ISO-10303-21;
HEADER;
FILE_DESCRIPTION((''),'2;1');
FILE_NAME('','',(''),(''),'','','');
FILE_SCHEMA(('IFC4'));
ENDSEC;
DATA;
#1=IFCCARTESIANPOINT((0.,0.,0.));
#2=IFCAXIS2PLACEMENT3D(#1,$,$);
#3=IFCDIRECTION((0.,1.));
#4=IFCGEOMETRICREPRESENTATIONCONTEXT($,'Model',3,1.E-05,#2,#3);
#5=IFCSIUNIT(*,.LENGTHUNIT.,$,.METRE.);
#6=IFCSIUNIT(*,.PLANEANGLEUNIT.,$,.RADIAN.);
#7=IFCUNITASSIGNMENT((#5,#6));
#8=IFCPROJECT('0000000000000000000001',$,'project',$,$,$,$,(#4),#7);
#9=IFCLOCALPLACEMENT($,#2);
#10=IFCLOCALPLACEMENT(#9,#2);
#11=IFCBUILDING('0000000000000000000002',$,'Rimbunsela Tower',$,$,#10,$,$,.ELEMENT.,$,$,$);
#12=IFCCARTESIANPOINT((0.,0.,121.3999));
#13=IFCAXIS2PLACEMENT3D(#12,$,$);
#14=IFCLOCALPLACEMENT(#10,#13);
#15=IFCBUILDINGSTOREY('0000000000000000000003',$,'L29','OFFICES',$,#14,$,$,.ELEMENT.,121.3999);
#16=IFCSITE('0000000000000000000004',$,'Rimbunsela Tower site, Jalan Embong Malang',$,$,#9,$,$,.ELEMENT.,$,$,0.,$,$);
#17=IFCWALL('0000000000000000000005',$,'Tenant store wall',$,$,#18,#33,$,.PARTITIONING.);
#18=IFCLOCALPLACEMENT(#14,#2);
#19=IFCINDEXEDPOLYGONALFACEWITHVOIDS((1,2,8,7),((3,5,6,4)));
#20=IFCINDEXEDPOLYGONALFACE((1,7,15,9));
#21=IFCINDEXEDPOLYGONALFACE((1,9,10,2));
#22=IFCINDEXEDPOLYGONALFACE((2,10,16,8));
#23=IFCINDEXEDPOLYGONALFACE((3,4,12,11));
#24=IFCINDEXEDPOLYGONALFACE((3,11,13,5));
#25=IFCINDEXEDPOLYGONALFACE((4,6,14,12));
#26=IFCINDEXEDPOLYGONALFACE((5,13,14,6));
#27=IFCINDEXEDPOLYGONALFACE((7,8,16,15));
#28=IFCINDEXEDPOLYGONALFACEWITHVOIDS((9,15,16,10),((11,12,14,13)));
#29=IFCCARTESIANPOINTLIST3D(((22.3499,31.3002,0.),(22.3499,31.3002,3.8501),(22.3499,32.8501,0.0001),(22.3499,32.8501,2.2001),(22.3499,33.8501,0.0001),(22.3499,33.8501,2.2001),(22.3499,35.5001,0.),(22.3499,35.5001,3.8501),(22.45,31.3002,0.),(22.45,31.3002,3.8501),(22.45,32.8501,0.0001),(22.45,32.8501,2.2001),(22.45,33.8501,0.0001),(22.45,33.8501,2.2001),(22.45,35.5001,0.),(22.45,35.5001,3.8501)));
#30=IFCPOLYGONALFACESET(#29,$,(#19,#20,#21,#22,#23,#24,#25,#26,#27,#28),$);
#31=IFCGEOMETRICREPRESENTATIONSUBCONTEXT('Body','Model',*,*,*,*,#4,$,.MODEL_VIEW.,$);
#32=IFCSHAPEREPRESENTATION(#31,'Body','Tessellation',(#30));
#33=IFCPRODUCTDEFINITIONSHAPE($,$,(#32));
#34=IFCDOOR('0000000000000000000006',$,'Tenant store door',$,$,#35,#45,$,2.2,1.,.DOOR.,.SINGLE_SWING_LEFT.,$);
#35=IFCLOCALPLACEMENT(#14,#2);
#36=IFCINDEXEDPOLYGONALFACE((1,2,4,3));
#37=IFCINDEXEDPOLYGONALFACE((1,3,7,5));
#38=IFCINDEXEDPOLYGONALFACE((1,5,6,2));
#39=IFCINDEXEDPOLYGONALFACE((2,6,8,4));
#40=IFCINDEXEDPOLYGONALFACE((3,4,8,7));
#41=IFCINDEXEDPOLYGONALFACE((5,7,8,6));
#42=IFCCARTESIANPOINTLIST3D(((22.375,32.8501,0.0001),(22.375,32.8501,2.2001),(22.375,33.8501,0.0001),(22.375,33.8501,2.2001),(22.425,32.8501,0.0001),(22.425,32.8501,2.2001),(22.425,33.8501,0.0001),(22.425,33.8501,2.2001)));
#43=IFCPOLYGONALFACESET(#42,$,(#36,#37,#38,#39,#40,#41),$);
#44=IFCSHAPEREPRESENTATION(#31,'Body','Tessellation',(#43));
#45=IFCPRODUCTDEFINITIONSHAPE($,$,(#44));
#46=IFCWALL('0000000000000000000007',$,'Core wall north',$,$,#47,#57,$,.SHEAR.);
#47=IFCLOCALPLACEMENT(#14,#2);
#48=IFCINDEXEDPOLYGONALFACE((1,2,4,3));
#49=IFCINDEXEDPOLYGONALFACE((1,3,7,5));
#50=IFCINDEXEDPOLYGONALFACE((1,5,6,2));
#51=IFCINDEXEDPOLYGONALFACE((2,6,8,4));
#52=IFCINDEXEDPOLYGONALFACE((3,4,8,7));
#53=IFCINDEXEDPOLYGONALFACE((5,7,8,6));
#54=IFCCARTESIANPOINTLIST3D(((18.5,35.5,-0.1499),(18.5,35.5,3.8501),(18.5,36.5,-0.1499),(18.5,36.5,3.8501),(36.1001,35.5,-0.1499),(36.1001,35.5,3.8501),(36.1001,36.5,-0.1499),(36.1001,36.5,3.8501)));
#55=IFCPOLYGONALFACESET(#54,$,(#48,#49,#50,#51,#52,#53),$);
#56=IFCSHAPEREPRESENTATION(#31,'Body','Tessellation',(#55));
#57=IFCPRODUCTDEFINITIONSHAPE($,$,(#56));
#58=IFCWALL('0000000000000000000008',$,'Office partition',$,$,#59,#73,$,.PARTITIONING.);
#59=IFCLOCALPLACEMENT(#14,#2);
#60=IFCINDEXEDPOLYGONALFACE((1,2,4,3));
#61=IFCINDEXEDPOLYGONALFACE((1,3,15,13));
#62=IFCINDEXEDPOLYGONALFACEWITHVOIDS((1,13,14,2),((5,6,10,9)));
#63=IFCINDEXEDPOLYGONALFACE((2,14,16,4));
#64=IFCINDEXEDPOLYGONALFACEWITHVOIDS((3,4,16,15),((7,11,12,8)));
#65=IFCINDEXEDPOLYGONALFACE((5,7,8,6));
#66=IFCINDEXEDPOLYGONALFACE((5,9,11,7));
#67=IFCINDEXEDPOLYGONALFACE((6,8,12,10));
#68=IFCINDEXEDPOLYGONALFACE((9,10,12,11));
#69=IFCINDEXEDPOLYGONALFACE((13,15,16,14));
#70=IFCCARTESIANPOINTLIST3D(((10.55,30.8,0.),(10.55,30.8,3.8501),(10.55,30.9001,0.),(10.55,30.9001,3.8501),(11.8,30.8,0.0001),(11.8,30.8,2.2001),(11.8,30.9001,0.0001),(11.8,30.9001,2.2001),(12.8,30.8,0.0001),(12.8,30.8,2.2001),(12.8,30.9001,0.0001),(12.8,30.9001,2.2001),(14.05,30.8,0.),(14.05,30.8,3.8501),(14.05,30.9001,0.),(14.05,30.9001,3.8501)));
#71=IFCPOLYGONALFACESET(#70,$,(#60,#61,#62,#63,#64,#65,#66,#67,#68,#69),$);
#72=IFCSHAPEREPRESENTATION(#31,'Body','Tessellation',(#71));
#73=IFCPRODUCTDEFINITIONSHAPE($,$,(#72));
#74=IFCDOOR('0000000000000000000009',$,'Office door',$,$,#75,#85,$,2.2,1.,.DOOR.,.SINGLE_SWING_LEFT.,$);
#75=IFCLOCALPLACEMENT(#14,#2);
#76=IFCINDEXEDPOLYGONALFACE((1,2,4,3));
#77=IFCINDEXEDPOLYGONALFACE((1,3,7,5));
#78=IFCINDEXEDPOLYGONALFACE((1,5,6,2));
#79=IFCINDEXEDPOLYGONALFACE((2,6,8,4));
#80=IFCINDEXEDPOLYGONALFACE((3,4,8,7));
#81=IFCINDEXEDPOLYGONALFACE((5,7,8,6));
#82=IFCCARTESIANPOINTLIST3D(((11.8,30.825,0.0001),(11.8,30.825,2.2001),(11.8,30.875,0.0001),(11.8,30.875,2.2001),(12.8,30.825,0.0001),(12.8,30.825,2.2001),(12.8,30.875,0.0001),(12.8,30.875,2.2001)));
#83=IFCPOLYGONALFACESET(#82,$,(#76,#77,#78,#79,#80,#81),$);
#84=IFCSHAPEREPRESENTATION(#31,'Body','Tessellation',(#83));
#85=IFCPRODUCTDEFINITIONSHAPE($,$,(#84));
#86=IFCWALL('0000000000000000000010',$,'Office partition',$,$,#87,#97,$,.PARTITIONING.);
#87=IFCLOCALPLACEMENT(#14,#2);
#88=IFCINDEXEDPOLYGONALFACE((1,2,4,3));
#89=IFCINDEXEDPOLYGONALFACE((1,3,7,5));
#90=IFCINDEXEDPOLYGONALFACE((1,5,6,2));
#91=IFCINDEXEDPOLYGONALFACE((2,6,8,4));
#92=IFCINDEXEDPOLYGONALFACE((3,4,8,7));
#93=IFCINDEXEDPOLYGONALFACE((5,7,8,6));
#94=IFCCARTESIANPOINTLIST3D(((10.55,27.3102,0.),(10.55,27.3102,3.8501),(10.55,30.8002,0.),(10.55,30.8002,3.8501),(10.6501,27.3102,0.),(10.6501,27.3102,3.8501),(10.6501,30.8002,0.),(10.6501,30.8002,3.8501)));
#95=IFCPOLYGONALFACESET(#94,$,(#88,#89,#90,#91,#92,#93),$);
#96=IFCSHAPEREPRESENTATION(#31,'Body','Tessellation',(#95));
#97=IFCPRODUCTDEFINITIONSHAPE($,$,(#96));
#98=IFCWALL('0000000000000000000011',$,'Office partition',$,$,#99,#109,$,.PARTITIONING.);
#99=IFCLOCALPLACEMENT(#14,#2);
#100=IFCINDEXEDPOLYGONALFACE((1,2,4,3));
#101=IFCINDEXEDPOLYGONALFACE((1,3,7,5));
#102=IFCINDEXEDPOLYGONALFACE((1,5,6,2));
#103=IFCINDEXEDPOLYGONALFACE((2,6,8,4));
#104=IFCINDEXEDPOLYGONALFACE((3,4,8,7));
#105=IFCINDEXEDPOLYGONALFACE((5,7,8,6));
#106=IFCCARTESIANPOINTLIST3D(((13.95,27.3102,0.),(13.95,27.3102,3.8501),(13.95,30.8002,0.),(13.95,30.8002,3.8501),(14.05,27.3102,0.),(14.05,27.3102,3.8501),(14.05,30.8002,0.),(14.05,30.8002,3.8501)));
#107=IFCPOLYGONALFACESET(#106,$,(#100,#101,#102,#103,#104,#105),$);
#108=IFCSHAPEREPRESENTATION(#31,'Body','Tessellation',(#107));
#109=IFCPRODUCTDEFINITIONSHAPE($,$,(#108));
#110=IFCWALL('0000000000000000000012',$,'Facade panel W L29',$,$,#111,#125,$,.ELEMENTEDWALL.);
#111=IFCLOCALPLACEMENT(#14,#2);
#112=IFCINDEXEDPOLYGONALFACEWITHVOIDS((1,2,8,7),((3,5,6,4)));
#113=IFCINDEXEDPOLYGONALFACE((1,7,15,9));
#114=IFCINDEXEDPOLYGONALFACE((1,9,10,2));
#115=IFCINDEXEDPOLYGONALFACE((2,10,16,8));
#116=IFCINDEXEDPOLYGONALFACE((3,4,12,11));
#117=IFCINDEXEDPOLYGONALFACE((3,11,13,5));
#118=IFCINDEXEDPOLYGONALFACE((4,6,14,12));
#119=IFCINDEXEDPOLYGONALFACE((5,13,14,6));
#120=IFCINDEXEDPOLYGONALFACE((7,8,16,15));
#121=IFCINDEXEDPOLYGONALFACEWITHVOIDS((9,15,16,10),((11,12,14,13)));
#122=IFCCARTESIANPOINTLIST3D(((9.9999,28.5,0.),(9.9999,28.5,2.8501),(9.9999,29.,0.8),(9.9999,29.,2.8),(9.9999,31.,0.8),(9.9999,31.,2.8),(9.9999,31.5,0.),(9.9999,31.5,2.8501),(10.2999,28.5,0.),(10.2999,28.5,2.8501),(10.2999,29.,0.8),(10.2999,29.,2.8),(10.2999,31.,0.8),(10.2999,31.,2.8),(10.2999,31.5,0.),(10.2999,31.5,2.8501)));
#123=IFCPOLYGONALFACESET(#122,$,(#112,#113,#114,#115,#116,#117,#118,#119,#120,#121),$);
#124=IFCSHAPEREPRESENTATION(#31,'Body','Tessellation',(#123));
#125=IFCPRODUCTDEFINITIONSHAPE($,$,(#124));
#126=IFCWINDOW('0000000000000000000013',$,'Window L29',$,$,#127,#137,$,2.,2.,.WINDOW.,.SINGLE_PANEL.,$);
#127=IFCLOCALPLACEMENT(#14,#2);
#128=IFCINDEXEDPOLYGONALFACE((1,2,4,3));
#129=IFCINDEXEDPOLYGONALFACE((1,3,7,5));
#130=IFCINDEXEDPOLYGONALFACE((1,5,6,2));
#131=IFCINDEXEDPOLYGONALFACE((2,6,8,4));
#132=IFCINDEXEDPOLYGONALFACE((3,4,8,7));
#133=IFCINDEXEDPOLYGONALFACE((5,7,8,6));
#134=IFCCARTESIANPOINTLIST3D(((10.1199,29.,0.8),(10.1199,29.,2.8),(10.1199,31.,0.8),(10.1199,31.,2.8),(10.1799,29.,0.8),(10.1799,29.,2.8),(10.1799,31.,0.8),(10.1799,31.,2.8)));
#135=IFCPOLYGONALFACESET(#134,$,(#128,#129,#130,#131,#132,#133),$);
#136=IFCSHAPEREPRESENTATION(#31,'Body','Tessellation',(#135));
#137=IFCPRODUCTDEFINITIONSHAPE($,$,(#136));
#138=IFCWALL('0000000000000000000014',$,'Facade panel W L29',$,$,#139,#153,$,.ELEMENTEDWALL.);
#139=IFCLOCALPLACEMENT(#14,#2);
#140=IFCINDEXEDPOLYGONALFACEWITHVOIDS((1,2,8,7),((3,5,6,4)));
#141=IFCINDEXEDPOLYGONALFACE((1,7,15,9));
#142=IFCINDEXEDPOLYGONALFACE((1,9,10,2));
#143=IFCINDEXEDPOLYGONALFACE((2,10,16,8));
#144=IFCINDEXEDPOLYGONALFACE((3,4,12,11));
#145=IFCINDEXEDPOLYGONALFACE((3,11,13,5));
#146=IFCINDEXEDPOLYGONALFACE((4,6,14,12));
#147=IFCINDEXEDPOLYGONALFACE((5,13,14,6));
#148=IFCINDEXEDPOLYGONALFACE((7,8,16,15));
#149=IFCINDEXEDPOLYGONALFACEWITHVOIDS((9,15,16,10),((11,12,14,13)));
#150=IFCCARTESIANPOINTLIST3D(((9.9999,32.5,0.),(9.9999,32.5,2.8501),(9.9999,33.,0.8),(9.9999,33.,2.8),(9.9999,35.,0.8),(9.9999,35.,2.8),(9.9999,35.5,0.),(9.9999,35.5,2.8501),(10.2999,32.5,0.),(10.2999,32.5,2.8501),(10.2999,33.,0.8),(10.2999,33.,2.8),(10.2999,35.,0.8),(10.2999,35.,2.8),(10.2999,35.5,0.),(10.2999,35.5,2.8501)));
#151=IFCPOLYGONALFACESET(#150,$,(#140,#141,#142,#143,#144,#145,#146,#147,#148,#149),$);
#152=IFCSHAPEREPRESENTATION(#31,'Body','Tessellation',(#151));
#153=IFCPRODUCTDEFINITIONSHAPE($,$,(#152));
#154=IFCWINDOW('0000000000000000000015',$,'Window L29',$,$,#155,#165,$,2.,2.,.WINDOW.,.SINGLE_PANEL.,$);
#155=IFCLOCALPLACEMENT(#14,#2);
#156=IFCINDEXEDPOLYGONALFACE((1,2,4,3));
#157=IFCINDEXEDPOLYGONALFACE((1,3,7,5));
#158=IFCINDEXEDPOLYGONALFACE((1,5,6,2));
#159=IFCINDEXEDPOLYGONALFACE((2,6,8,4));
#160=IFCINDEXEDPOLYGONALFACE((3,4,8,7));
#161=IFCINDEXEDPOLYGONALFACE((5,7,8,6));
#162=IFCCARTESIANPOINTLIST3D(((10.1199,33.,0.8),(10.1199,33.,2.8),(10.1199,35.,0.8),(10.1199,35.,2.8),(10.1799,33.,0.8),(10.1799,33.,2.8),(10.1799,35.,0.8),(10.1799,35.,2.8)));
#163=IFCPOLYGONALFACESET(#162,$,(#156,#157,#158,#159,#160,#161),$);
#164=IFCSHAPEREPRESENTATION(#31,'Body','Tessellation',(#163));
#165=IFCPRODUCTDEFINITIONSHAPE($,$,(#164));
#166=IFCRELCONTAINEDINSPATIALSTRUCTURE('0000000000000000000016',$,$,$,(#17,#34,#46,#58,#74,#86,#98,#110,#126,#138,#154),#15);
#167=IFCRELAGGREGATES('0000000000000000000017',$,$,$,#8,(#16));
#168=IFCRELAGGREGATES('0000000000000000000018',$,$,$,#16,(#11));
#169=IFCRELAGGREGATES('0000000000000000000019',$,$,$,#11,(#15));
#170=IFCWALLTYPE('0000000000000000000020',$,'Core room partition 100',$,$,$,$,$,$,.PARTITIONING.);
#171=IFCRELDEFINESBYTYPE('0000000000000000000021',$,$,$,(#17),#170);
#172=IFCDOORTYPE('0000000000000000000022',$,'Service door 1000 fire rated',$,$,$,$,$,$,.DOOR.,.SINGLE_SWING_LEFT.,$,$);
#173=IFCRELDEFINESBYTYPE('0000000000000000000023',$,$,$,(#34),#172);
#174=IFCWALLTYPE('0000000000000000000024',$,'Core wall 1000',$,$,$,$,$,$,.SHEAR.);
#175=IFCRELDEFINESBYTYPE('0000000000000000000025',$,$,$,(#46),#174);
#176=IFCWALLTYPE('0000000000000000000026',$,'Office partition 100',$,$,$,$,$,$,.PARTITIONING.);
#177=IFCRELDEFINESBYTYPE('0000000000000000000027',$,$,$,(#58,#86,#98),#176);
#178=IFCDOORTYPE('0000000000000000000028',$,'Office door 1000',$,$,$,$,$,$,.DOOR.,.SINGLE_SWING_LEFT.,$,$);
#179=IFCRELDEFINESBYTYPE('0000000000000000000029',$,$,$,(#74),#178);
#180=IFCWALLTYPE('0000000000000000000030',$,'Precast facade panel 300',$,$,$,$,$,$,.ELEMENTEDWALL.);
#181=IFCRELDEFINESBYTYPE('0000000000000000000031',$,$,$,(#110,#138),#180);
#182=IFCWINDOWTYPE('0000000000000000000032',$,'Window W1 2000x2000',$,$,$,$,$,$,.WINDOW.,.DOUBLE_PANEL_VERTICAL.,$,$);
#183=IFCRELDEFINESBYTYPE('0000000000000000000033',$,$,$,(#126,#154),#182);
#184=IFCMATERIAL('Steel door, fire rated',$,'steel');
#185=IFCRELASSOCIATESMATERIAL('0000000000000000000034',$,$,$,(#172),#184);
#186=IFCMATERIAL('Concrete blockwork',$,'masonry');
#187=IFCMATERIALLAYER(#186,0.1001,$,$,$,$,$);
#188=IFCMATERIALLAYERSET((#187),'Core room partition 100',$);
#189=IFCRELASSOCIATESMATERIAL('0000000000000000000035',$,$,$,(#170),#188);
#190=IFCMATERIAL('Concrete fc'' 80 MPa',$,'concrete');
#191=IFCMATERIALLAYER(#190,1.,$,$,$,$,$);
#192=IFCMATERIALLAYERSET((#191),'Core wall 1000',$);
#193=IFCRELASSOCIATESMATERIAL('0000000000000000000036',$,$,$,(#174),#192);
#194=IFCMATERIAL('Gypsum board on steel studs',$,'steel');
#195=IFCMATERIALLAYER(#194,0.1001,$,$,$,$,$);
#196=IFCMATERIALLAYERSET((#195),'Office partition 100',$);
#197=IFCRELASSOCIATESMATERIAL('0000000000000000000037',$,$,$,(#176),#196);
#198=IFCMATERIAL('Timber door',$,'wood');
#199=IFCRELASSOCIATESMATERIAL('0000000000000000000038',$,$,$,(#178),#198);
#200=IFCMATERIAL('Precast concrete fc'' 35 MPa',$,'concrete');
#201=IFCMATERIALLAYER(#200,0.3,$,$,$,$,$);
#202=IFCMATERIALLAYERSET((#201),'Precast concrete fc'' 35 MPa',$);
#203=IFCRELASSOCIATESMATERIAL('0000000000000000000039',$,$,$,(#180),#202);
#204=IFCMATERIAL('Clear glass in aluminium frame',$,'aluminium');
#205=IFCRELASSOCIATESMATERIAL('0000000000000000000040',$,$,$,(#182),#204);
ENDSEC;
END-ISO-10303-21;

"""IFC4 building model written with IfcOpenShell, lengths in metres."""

from ifc_helpers import new_model, si_unit, direction, frame, frame_2d, origin, place, context, subcontext, project, spatial, rectangle, extrude, material, layer, layer_set, type_object, element, fill, save


model = new_model("IFC4")

# Units and contexts
model_context = context("Model", 3, precision=1e-05, world=origin(), true_north=direction((0.0, 1.0)))
body_context = subcontext(model_context, "Body", "Model", "MODEL_VIEW")
ifc_project = project(units=[si_unit("LENGTHUNIT", "METRE"), si_unit("PLANEANGLEUNIT", "RADIAN")], contexts=[model_context])

# Site, building, storey
site_placement = place(None, origin())
site = spatial("IfcSite", under=ifc_project, at=site_placement, Name="Rimbunsela Tower site, Jalan Embong Malang", CompositionType="ELEMENT", RefElevation=0.0)
building_placement = place(site_placement, origin())
building = spatial("IfcBuilding", under=site, at=building_placement, Name="Rimbunsela Tower", CompositionType="ELEMENT")
storey_placement = place(building_placement, frame((0.0, 0.0, 121.3999)))
storey = spatial("IfcBuildingStorey", under=building, at=storey_placement, Name="L29", Description="OFFICES", CompositionType="ELEMENT", Elevation=121.3999)

# Shared definitions
ifc_material_1 = material(Name="Steel door, fire rated", Category="steel")
door_type_1 = type_object("IfcDoorType", Name="Service door 1000 fire rated", OperationType="SINGLE_SWING_LEFT", PredefinedType="DOOR", material=ifc_material_1)

# Wall, opening, door
ifc_material_2 = material(Name="Concrete blockwork", Category="masonry")
ifc_layer_1 = layer(ifc_material_2, 0.1001)
ifc_layer_set_1 = layer_set([ifc_layer_1], Name="Core room partition 100")
wall_type_1 = type_object("IfcWallType", Name="Core room partition 100", PredefinedType="PARTITIONING", material=ifc_layer_set_1)
wall_1_placement = place(storey_placement, frame((22.3999, 31.3, 0.0), z_axis=(0.0, 0.0, 1.0), x_axis=(0.0, 1.0, 0.0)))
wall_1 = element("IfcWall", 1, at=wall_1_placement, inside=storey, type_object=wall_type_1, Name="Tenant store wall", PredefinedType="PARTITIONING", context=body_context, shape_type="SweptSolid", body=[
    extrude(rectangle(XDim=4.2, YDim=0.1001, at=frame_2d((2.1001, 0.0))), origin(), (0.0, 0.0, 1.0), 3.8501),
])
opening_1_placement = place(wall_1_placement, frame((1.55, 0.0, 0.0)))
opening_1 = element("IfcOpeningElement", 2, at=opening_1_placement, cuts=wall_1, PredefinedType="OPENING", context=body_context, shape_type="SweptSolid", body=[
    extrude(rectangle(XDim=1.0, YDim=2.2, at=frame_2d((0.5, 1.1001))), frame((0.0, 0.0601, 0.0), z_axis=(0.0, -1.0, 0.0), x_axis=(1.0, 0.0, 0.0)), (0.0, 0.0, 1.0), 0.1201),
])
door_1_placement = place(opening_1_placement, origin())
door_1 = element("IfcDoor", 3, at=door_1_placement, inside=storey, type_object=door_type_1, Name="Tenant store door", OperationType="SINGLE_SWING_LEFT", OverallHeight=2.2, OverallWidth=1.0, PredefinedType="DOOR", context=body_context, shape_type="SweptSolid", body=[
    extrude(rectangle(XDim=1.0, YDim=2.2, at=frame_2d((0.5, 1.1001))), frame((0.0, 0.0249, 0.0), z_axis=(0.0, -1.0, 0.0), x_axis=(1.0, 0.0, 0.0)), (0.0, 0.0, 1.0), 0.05),
])
fill(opening_1, door_1)

# Wall
ifc_material_3 = material(Name="Concrete fc' 80 MPa", Category="concrete")
ifc_layer_2 = layer(ifc_material_3, 1.0)
ifc_layer_set_2 = layer_set([ifc_layer_2], Name="Core wall 1000")
wall_type_2 = type_object("IfcWallType", Name="Core wall 1000", PredefinedType="SHEAR", material=ifc_layer_set_2)
wall_2_placement = place(storey_placement, frame((18.5, 36.0, -0.1499), z_axis=(0.0, 0.0, 1.0), x_axis=(1.0, 0.0, 0.0)))
element("IfcWall", 4, at=wall_2_placement, inside=storey, type_object=wall_type_2, Name="Core wall north", PredefinedType="SHEAR", context=body_context, shape_type="SweptSolid", body=[
    extrude(rectangle(XDim=17.6001, YDim=1.0, at=frame_2d((8.8, 0.0))), origin(), (0.0, 0.0, 1.0), 4.0),
])

# Wall, opening, door
ifc_material_4 = material(Name="Gypsum board on steel studs", Category="steel")
ifc_layer_3 = layer(ifc_material_4, 0.1001)
ifc_layer_set_3 = layer_set([ifc_layer_3], Name="Office partition 100")
wall_type_3 = type_object("IfcWallType", Name="Office partition 100", PredefinedType="PARTITIONING", material=ifc_layer_set_3)
wall_3_placement = place(storey_placement, frame((10.55, 30.8501, 0.0), z_axis=(0.0, 0.0, 1.0), x_axis=(1.0, 0.0, 0.0)))
wall_3 = element("IfcWall", 5, at=wall_3_placement, inside=storey, type_object=wall_type_3, Name="Office partition", PredefinedType="PARTITIONING", context=body_context, shape_type="SweptSolid", body=[
    extrude(rectangle(XDim=3.5, YDim=0.1001, at=frame_2d((1.75, 0.0))), origin(), (0.0, 0.0, 1.0), 3.8501),
])
opening_2_placement = place(wall_3_placement, frame((1.25, 0.0, 0.0)))
opening_2 = element("IfcOpeningElement", 6, at=opening_2_placement, cuts=wall_3, PredefinedType="OPENING", context=body_context, shape_type="SweptSolid", body=[
    extrude(rectangle(XDim=1.0, YDim=2.2, at=frame_2d((0.5, 1.1001))), frame((0.0, 0.0601, 0.0), z_axis=(0.0, -1.0, 0.0), x_axis=(1.0, 0.0, 0.0)), (0.0, 0.0, 1.0), 0.1201),
])
ifc_material_5 = material(Name="Timber door", Category="wood")
door_type_2 = type_object("IfcDoorType", Name="Office door 1000", OperationType="SINGLE_SWING_LEFT", PredefinedType="DOOR", material=ifc_material_5)
door_2_placement = place(opening_2_placement, origin())
door_2 = element("IfcDoor", 7, at=door_2_placement, inside=storey, type_object=door_type_2, Name="Office door", OperationType="SINGLE_SWING_LEFT", OverallHeight=2.2, OverallWidth=1.0, PredefinedType="DOOR", context=body_context, shape_type="SweptSolid", body=[
    extrude(rectangle(XDim=1.0, YDim=2.2, at=frame_2d((0.5, 1.1001))), frame((0.0, 0.0249, 0.0), z_axis=(0.0, -1.0, 0.0), x_axis=(1.0, 0.0, 0.0)), (0.0, 0.0, 1.0), 0.05),
])
fill(opening_2, door_2)

# Walls
for number, where, z_axis, x_axis, name in (
    (8, (10.6001, 27.3101, 0.0), (0.0, 0.0, 1.0), (0.0, 1.0, 0.0), "Office partition"),
    (9, (14.0, 27.3101, 0.0), (0.0, 0.0, 1.0), (0.0, 1.0, 0.0), "Office partition"),
):
    element("IfcWall", number, at=place(storey_placement, frame(where, z_axis=z_axis, x_axis=x_axis)), inside=storey, type_object=wall_type_3, Name=name, PredefinedType="PARTITIONING", context=body_context, shape_type="SweptSolid", body=[
        extrude(rectangle(XDim=3.49, YDim=0.1001, at=frame_2d((1.7451, 0.0))), origin(), (0.0, 0.0, 1.0), 3.8501),
    ])

# Walls, openings, windows
ifc_material_6 = material(Name="Precast concrete fc' 35 MPa", Category="concrete")
ifc_layer_4 = layer(ifc_material_6, 0.3)
ifc_layer_set_4 = layer_set([ifc_layer_4], Name="Precast concrete fc' 35 MPa")
wall_type_4 = type_object("IfcWallType", Name="Precast facade panel 300", PredefinedType="ELEMENTEDWALL", material=ifc_layer_set_4)
wall_4_placement = place(storey_placement, frame((10.1499, 31.5, 0.0), z_axis=(0.0, 0.0, 1.0), x_axis=(0.0, -1.0, 0.0)))
wall_4 = element("IfcWall", 10, at=wall_4_placement, inside=storey, type_object=wall_type_4, Name="Facade panel W L29", PredefinedType="ELEMENTEDWALL", context=body_context, shape_type="SweptSolid", body=[
    extrude(rectangle(XDim=3.0, YDim=0.3, at=frame_2d((1.5, 0.0))), origin(), (0.0, 0.0, 1.0), 2.8501),
])
opening_3_placement = place(wall_4_placement, frame((0.5, 0.0, 0.8)))
opening_3 = element("IfcOpeningElement", 11, at=opening_3_placement, cuts=wall_4, PredefinedType="OPENING", context=body_context, shape_type="SweptSolid", body=[
    extrude(rectangle(XDim=2.0, YDim=2.0, at=frame_2d((1.0, 1.0))), frame((0.0, 0.1599, 0.0), z_axis=(0.0, -1.0, 0.0), x_axis=(1.0, 0.0, 0.0)), (0.0, 0.0, 1.0), 0.3201),
])
ifc_material_7 = material(Name="Clear glass in aluminium frame", Category="aluminium")
window_type = type_object("IfcWindowType", Name="Window W1 2000x2000", PartitioningType="DOUBLE_PANEL_VERTICAL", PredefinedType="WINDOW", material=ifc_material_7)
window_1_placement = place(opening_3_placement, origin())
window_1 = element("IfcWindow", 12, at=window_1_placement, inside=storey, type_object=window_type, Name="Window L29", OverallHeight=2.0, OverallWidth=2.0, PartitioningType="SINGLE_PANEL", PredefinedType="WINDOW", context=body_context, shape_type="SweptSolid", body=[
    extrude(rectangle(XDim=2.0, YDim=2.0, at=frame_2d((1.0, 1.0))), frame((0.0, 0.03, 0.0), z_axis=(0.0, -1.0, 0.0), x_axis=(1.0, 0.0, 0.0)), (0.0, 0.0, 1.0), 0.0601),
])
fill(opening_3, window_1)
wall_5_placement = place(storey_placement, frame((10.1499, 35.5, 0.0), z_axis=(0.0, 0.0, 1.0), x_axis=(0.0, -1.0, 0.0)))
wall_5 = element("IfcWall", 13, at=wall_5_placement, inside=storey, type_object=wall_type_4, Name="Facade panel W L29", PredefinedType="ELEMENTEDWALL", context=body_context, shape_type="SweptSolid", body=[
    extrude(rectangle(XDim=3.0, YDim=0.3, at=frame_2d((1.5, 0.0))), origin(), (0.0, 0.0, 1.0), 2.8501),
])
opening_4_placement = place(wall_5_placement, frame((0.5, 0.0, 0.8)))
opening_4 = element("IfcOpeningElement", 14, at=opening_4_placement, cuts=wall_5, PredefinedType="OPENING", context=body_context, shape_type="SweptSolid", body=[
    extrude(rectangle(XDim=2.0, YDim=2.0, at=frame_2d((1.0, 1.0))), frame((0.0, 0.1599, 0.0), z_axis=(0.0, -1.0, 0.0), x_axis=(1.0, 0.0, 0.0)), (0.0, 0.0, 1.0), 0.3201),
])
window_2_placement = place(opening_4_placement, origin())
window_2 = element("IfcWindow", 15, at=window_2_placement, inside=storey, type_object=window_type, Name="Window L29", OverallHeight=2.0, OverallWidth=2.0, PartitioningType="SINGLE_PANEL", PredefinedType="WINDOW", context=body_context, shape_type="SweptSolid", body=[
    extrude(rectangle(XDim=2.0, YDim=2.0, at=frame_2d((1.0, 1.0))), frame((0.0, 0.03, 0.0), z_axis=(0.0, -1.0, 0.0), x_axis=(1.0, 0.0, 0.0)), (0.0, 0.0, 1.0), 0.0601),
])
fill(opening_4, window_2)

save(model, "model.ifc")
